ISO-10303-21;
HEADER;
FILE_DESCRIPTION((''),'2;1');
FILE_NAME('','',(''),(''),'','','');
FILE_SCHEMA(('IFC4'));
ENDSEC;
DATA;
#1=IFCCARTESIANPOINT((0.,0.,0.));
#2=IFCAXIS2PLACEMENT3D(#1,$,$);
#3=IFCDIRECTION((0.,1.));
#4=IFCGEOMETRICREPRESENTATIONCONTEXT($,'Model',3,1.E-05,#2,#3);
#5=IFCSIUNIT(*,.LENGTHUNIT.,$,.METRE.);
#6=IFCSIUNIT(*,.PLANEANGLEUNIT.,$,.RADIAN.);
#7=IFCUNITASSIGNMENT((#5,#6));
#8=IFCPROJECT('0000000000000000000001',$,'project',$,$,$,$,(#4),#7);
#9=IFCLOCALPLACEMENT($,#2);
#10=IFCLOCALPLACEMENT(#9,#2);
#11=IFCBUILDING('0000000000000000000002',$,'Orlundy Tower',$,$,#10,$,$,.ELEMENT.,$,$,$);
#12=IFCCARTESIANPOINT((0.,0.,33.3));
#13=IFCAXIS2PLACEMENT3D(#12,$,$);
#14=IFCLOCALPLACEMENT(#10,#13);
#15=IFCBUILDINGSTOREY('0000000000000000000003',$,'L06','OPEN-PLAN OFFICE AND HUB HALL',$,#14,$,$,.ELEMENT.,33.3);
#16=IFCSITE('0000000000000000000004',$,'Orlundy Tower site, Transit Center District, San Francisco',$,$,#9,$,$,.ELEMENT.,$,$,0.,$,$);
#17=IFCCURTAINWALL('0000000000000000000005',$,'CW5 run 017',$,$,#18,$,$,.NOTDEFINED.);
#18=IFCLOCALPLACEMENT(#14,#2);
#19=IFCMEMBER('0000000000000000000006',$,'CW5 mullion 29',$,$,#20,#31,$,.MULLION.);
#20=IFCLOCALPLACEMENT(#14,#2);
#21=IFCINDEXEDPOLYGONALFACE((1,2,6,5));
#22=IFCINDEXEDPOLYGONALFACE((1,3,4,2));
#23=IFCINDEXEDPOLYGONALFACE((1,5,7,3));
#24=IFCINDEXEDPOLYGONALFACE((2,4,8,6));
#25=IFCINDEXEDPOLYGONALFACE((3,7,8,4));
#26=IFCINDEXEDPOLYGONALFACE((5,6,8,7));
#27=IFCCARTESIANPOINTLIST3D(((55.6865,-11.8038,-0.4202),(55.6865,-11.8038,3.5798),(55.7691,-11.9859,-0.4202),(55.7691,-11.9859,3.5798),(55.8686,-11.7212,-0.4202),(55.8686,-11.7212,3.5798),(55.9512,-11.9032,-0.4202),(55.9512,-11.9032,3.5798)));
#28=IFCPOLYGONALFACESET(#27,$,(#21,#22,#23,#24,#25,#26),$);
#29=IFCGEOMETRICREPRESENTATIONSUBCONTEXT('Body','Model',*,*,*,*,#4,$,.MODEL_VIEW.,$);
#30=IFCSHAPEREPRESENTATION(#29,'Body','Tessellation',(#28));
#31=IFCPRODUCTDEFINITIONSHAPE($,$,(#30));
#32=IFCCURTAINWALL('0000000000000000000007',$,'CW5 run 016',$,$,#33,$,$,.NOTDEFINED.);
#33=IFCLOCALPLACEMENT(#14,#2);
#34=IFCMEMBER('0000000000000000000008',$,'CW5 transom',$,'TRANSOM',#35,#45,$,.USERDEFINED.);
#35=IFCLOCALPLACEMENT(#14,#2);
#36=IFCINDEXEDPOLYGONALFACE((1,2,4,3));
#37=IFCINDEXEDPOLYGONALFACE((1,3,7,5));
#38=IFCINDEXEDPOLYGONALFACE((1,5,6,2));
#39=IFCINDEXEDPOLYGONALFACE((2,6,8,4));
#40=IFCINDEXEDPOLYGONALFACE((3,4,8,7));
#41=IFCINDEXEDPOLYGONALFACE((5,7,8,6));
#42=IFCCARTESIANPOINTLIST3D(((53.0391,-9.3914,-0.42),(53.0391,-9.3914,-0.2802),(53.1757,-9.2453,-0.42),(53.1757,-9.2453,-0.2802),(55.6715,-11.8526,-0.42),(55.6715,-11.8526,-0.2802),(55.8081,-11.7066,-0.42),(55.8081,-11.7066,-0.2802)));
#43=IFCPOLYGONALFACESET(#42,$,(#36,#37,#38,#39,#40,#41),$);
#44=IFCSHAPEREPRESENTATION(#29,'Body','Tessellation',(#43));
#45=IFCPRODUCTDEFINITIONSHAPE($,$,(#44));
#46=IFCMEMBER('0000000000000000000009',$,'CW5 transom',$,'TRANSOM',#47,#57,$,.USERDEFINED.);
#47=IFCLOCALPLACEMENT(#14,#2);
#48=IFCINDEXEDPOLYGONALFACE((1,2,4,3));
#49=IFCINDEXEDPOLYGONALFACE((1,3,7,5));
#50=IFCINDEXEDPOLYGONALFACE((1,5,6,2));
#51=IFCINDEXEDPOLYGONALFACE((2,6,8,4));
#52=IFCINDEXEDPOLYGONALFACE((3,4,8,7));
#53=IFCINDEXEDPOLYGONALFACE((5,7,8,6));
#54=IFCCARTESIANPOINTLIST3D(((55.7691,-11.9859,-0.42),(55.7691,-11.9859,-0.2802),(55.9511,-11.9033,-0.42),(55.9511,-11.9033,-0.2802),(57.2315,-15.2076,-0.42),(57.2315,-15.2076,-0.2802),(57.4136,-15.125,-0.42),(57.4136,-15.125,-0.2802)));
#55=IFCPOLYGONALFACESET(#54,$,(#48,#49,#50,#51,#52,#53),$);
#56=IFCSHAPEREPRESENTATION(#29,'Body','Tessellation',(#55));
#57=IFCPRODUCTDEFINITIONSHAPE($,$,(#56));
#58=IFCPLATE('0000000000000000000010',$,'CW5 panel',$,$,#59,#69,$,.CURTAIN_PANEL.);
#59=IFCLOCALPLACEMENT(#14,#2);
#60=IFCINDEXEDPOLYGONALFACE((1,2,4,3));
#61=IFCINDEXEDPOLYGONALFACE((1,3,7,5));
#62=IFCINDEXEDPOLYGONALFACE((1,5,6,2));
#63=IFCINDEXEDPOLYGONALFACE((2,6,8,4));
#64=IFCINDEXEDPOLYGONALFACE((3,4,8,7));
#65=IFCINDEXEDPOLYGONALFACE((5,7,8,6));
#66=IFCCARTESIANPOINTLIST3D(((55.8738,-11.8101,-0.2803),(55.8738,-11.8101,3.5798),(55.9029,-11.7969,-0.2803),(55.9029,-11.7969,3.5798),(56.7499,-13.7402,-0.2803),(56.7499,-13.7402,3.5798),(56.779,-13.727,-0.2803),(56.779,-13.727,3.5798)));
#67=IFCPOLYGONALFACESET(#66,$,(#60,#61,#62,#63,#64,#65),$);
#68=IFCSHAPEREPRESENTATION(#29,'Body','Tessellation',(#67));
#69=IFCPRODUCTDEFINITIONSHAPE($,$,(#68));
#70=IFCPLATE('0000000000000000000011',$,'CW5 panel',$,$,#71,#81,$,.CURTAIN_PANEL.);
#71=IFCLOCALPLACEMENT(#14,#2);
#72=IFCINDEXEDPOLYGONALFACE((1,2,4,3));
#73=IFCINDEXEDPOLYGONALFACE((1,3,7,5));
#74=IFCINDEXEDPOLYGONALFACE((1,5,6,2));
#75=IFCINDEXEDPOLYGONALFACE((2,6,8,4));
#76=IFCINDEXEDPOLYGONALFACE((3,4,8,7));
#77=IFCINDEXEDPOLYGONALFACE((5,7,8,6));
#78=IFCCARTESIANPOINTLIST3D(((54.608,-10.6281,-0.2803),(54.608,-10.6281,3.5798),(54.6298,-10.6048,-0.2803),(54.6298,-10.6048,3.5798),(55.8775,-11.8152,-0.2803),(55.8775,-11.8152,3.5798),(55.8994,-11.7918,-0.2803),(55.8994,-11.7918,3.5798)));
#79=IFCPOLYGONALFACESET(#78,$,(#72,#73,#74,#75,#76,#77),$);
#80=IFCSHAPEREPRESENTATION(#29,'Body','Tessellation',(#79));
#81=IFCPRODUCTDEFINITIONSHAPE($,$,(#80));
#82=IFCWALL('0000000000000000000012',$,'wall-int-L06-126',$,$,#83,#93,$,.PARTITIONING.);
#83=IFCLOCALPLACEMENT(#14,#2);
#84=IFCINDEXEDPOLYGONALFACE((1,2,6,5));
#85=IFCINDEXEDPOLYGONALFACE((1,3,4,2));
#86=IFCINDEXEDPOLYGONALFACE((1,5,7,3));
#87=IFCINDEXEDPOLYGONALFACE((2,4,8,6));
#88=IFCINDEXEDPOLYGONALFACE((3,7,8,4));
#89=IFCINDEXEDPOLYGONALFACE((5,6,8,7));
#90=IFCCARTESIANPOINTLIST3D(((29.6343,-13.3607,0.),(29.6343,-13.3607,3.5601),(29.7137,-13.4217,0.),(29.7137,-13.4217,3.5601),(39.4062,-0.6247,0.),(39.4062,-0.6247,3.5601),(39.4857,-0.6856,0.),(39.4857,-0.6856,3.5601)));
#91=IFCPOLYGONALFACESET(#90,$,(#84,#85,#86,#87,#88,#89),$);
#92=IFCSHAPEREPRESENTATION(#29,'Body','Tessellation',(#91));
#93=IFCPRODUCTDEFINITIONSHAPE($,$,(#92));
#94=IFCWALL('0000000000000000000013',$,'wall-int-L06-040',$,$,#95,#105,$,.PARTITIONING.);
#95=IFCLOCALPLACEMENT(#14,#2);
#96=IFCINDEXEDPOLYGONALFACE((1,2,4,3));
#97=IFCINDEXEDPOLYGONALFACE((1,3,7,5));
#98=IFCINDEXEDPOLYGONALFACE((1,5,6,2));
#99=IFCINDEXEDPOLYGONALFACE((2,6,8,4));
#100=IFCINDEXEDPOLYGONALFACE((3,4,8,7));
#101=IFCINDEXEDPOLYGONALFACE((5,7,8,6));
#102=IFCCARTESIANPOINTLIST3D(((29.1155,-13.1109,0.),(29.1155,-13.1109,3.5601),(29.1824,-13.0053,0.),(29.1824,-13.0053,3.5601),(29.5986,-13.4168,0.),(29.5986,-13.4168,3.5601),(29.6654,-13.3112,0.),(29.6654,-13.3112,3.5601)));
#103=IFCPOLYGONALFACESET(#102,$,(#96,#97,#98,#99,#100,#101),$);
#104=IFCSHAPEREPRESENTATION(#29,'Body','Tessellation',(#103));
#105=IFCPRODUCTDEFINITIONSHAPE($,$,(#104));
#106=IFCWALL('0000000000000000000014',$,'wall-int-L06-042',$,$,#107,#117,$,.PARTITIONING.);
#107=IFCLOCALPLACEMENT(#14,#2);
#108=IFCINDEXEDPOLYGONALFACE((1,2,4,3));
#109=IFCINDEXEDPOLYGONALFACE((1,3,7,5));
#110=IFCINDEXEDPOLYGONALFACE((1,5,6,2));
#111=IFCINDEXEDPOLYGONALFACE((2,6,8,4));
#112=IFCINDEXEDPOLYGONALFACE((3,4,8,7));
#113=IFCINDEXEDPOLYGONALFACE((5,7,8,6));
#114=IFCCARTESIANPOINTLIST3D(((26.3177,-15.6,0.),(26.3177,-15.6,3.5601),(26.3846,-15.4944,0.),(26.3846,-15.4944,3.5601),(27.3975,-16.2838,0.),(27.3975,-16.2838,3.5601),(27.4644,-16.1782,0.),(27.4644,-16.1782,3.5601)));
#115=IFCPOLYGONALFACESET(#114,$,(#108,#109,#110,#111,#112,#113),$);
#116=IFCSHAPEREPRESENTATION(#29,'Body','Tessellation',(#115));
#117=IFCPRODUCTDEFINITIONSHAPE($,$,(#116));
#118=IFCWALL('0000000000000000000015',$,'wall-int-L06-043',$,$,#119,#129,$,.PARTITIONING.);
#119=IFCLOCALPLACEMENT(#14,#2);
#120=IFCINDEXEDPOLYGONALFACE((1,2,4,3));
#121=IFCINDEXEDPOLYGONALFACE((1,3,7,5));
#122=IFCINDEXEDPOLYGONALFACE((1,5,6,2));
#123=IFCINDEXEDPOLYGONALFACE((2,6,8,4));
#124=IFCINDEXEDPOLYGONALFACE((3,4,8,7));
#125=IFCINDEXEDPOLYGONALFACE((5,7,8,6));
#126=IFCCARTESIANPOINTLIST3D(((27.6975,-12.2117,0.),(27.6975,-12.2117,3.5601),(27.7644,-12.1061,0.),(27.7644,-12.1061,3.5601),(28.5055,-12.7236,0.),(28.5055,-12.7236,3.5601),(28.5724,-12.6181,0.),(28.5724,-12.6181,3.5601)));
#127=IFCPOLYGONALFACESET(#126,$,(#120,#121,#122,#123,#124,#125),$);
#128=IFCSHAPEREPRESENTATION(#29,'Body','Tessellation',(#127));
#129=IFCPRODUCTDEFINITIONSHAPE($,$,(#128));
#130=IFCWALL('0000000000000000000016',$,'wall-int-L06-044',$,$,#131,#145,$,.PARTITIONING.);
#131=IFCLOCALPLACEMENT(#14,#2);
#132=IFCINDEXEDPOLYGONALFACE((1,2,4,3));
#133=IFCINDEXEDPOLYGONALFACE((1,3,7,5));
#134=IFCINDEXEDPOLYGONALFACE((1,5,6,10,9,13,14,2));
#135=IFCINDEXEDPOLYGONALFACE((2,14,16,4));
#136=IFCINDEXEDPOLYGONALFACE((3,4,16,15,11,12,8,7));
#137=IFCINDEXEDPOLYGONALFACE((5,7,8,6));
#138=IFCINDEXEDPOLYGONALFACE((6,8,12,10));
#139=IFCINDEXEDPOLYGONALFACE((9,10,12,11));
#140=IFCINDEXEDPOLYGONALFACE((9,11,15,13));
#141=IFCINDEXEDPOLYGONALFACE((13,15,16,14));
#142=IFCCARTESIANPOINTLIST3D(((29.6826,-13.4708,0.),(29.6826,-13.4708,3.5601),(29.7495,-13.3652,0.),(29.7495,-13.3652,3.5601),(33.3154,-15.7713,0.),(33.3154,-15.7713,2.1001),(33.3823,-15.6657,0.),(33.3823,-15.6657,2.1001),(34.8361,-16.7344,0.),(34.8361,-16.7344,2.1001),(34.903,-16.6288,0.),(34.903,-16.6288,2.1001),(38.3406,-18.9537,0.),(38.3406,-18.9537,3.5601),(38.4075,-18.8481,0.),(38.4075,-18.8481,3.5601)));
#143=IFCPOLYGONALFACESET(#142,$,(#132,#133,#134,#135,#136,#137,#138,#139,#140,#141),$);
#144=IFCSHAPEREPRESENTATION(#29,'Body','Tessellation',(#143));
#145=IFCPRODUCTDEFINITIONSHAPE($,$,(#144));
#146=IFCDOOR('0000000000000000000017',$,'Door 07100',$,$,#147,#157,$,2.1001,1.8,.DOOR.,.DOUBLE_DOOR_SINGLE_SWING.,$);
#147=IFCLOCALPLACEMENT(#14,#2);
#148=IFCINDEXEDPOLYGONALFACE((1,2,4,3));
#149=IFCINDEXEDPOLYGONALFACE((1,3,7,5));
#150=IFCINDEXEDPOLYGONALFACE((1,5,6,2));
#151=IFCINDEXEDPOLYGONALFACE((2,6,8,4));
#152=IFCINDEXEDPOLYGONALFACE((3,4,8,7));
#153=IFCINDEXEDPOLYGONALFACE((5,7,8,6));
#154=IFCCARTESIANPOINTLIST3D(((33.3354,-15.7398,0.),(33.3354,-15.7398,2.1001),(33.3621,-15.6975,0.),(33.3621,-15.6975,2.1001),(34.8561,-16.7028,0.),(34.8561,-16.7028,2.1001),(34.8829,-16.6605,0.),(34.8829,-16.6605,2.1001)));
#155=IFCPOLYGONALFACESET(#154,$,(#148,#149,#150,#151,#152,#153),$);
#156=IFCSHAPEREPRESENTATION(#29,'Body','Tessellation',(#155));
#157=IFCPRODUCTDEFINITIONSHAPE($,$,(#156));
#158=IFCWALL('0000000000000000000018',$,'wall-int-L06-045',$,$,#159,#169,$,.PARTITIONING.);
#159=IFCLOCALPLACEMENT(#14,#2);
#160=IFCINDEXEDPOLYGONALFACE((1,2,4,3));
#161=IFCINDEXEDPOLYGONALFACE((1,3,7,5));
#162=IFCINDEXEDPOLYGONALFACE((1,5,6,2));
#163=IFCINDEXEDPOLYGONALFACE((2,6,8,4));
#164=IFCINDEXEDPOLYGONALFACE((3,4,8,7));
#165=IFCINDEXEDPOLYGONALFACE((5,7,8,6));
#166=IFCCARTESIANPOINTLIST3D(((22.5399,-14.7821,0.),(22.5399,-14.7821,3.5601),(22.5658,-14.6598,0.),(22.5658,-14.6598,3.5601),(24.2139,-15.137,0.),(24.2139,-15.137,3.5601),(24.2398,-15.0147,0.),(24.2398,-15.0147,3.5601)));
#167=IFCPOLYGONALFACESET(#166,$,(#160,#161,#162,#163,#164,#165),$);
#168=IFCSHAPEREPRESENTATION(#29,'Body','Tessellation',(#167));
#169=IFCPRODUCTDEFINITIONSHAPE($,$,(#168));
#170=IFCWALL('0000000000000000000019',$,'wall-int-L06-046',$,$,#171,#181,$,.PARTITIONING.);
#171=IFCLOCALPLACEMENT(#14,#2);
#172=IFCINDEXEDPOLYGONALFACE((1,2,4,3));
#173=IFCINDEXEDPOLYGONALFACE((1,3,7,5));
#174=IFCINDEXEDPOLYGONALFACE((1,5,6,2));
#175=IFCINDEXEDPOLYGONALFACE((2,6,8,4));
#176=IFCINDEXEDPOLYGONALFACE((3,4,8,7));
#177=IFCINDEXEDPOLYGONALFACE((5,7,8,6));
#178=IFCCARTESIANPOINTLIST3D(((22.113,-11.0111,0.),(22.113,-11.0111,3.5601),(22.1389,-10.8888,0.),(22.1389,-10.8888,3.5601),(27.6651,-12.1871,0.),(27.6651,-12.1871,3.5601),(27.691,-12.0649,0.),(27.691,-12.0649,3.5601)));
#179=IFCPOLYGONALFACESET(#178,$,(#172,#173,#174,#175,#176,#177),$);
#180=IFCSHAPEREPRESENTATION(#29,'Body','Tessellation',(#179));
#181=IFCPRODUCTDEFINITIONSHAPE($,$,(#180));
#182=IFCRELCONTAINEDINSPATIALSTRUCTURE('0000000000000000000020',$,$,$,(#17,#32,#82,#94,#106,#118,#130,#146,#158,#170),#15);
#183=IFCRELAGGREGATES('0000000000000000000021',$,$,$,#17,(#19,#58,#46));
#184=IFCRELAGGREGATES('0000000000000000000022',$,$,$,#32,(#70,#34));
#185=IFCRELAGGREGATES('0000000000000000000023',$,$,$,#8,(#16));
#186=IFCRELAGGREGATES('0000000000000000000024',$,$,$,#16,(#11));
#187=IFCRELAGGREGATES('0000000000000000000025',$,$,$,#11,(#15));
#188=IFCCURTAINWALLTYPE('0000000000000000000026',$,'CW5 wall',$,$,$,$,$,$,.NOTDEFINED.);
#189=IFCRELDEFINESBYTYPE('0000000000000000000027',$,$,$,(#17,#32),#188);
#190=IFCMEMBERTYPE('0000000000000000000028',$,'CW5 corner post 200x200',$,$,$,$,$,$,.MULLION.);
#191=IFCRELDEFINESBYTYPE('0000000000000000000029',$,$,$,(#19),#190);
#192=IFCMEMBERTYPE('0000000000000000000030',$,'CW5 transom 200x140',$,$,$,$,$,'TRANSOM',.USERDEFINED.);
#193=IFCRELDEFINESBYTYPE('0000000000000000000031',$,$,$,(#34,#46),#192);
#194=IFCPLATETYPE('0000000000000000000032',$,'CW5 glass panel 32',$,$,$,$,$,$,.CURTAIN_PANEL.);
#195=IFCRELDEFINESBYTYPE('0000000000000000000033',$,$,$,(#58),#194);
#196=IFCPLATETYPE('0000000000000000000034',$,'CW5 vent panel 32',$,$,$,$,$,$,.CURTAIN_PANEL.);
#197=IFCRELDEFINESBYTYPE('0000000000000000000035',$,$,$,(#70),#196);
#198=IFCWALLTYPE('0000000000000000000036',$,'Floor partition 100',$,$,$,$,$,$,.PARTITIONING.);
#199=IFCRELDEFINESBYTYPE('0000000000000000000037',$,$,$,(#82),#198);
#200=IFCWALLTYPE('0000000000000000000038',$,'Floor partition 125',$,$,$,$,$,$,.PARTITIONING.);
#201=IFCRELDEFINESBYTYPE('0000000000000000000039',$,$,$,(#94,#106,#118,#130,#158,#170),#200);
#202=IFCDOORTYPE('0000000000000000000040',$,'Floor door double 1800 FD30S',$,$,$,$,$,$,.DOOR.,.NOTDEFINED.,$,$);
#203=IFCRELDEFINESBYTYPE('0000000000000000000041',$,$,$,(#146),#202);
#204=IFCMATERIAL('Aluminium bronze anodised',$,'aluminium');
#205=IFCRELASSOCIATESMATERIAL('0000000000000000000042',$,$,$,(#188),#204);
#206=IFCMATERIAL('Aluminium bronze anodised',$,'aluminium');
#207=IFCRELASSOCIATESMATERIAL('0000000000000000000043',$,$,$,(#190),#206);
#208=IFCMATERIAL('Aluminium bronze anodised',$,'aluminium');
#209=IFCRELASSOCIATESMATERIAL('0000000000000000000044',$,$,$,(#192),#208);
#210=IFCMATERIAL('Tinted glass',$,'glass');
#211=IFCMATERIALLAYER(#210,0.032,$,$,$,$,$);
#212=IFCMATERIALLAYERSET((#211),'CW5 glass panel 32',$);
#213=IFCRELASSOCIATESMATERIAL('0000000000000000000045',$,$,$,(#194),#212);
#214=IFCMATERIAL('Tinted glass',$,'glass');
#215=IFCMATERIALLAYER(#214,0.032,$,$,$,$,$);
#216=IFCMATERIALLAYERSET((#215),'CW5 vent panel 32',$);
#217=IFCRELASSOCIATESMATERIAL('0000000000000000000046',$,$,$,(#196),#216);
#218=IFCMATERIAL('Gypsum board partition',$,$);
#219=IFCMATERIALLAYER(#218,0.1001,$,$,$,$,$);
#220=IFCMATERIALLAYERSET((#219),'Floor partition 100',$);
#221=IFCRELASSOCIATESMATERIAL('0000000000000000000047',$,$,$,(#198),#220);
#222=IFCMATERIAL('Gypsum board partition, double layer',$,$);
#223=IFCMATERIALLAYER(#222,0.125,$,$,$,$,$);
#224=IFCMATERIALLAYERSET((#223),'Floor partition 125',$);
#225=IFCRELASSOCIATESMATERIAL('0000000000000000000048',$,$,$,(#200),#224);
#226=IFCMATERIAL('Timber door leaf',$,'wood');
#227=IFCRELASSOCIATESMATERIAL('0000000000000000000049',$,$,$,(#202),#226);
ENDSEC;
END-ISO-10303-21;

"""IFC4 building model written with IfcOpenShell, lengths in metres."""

from ifc_helpers import new_model, si_unit, direction, frame, frame_2d, origin, origin_2d, place, context, subcontext, project, spatial, rectangle, extrude, material, layer, layer_set, material_profile, profile_set, type_object, element, fill, aggregate, save


model = new_model("IFC4")

# Units and contexts
model_context = context("Model", 3, precision=1e-05, world=origin(), true_north=direction((0.0, 1.0)))
body_context = subcontext(model_context, "Body", "Model", "MODEL_VIEW")
ifc_project = project(units=[si_unit("LENGTHUNIT", "METRE"), si_unit("PLANEANGLEUNIT", "RADIAN")], contexts=[model_context])

# Site, building, storey
site_placement = place(None, origin())
site = spatial("IfcSite", under=ifc_project, at=site_placement, Name="Orlundy Tower site, Transit Center District, San Francisco", CompositionType="ELEMENT", RefElevation=0.0)
building_placement = place(site_placement, origin())
building = spatial("IfcBuilding", under=site, at=building_placement, Name="Orlundy Tower", CompositionType="ELEMENT")
storey_placement = place(building_placement, frame((0.0, 0.0, 33.3)))
storey = spatial("IfcBuildingStorey", under=building, at=storey_placement, Name="L06", Description="OPEN-PLAN OFFICE AND HUB HALL", CompositionType="ELEMENT", Elevation=33.3)

# Curtain walls, members
ifc_material_1 = material(Name="Aluminium bronze anodised", Category="aluminium")
curtain_wall_type = type_object("IfcCurtainWallType", Name="CW5 wall", PredefinedType="NOTDEFINED", material=ifc_material_1)
curtain_wall_1_placement = place(storey_placement, origin())
curtain_wall_1 = element("IfcCurtainWall", 1, at=curtain_wall_1_placement, inside=storey, type_object=curtain_wall_type, Name="CW5 run 017", PredefinedType="NOTDEFINED")
ifc_material_2 = material(Name="Aluminium bronze anodised", Category="aluminium")
ifc_material_profile_1 = material_profile(ifc_material_2, rectangle(XDim=0.2, YDim=0.2, at=origin_2d()), Name="CW5 corner post 200x200")
ifc_profile_set_1 = profile_set([ifc_material_profile_1], Name="Aluminium bronze anodised")
member_type_1 = type_object("IfcMemberType", Name="CW5 corner post 200x200", PredefinedType="MULLION", material=ifc_profile_set_1)
member_1_placement = place(storey_placement, frame((55.8188, -11.8535, -0.4202), z_axis=(0.0, 0.0, 1.0), x_axis=(0.910579, 0.413335, 0.0)))
member_1 = element("IfcMember", 2, at=member_1_placement, type_object=member_type_1, Name="CW5 mullion 29", PredefinedType="MULLION", context=body_context, shape_type="SweptSolid", body=[
    extrude(rectangle(XDim=0.2, YDim=0.2, at=origin_2d()), origin(), (0.0, 0.0, 1.0), 4.0),
])
curtain_wall_2_placement = place(storey_placement, origin())
curtain_wall_2 = element("IfcCurtainWall", 3, at=curtain_wall_2_placement, inside=storey, type_object=curtain_wall_type, Name="CW5 run 016", PredefinedType="NOTDEFINED")
ifc_material_3 = material(Name="Aluminium bronze anodised", Category="aluminium")
ifc_material_profile_2 = material_profile(ifc_material_3, rectangle(XDim=0.2, YDim=0.1399, at=origin_2d()), Name="CW5 transom 200x140")
ifc_profile_set_2 = profile_set([ifc_material_profile_2], Name="Aluminium bronze anodised")
member_type_2 = type_object("IfcMemberType", Name="CW5 transom 200x140", ElementType="TRANSOM", PredefinedType="USERDEFINED", material=ifc_profile_set_2)
member_2_placement = place(storey_placement, frame((53.1074, -9.3184, -0.3501), z_axis=(0.730453, -0.682962, 0.0), x_axis=(0.682962, 0.730453, 0.0)))
member_2 = element("IfcMember", 4, at=member_2_placement, type_object=member_type_2, Name="CW5 transom", ObjectType="TRANSOM", PredefinedType="USERDEFINED", context=body_context, shape_type="SweptSolid", body=[
    extrude(rectangle(XDim=0.2, YDim=0.1399, at=origin_2d()), origin(), (0.0, 0.0, 1.0), 3.6038),
])

# Member
member_3_placement = place(storey_placement, frame((55.8601, -11.9446, -0.3501), z_axis=(0.413335, -0.910579, 0.0), x_axis=(0.910579, 0.413335, 0.0)))
member_3 = element("IfcMember", 5, at=member_3_placement, type_object=member_type_2, Name="CW5 transom", ObjectType="TRANSOM", PredefinedType="USERDEFINED", context=body_context, shape_type="SweptSolid", body=[
    extrude(rectangle(XDim=0.2, YDim=0.1399, at=origin_2d()), origin(), (0.0, 0.0, 1.0), 3.5381),
])

# Plates
ifc_material_4 = material(Name="Tinted glass", Category="glass")
ifc_layer_1 = layer(ifc_material_4, 0.032)
ifc_layer_set_1 = layer_set([ifc_layer_1], Name="CW5 glass panel 32")
plate_type_1 = type_object("IfcPlateType", Name="CW5 glass panel 32", PredefinedType="CURTAIN_PANEL", material=ifc_layer_set_1)
plate_1_placement = place(storey_placement, frame((56.3264, -12.7686, -0.2803), z_axis=(0.0, 0.0, 1.0), x_axis=(0.413335, -0.910579, 0.0)))
plate_1 = element("IfcPlate", 6, at=plate_1_placement, type_object=plate_type_1, Name="CW5 panel", PredefinedType="CURTAIN_PANEL", context=body_context, shape_type="SweptSolid", body=[
    extrude(rectangle(XDim=2.1196, YDim=0.032, at=origin_2d()), origin(), (0.0, 0.0, 1.0), 3.8601),
])
aggregate(curtain_wall_1, [member_1, plate_1, member_3])
ifc_material_5 = material(Name="Tinted glass", Category="glass")
ifc_layer_2 = layer(ifc_material_5, 0.032)
ifc_layer_set_2 = layer_set([ifc_layer_2], Name="CW5 vent panel 32")
plate_type_2 = type_object("IfcPlateType", Name="CW5 vent panel 32", PredefinedType="CURTAIN_PANEL", material=ifc_layer_set_2)
plate_2_placement = place(storey_placement, frame((55.2537, -11.21, -0.2803), z_axis=(0.0, 0.0, 1.0), x_axis=(0.730445, -0.682971, 0.0)))
plate_2 = element("IfcPlate", 7, at=plate_2_placement, type_object=plate_type_2, Name="CW5 panel", PredefinedType="CURTAIN_PANEL", context=body_context, shape_type="SweptSolid", body=[
    extrude(rectangle(XDim=1.738, YDim=0.032, at=origin_2d()), origin(), (0.0, 0.0, 1.0), 3.8601),
])
aggregate(curtain_wall_2, [plate_2, member_2])

# Walls
ifc_material_6 = material(Name="Gypsum board partition")
ifc_layer_3 = layer(ifc_material_6, 0.1001)
ifc_layer_set_3 = layer_set([ifc_layer_3], Name="Floor partition 100")
wall_type_1 = type_object("IfcWallType", Name="Floor partition 100", PredefinedType="PARTITIONING", material=ifc_layer_set_3)
wall_1_placement = place(storey_placement, frame((29.6741, -13.3911, 0.0), z_axis=(0.0, 0.0, 1.0), x_axis=(0.608731, 0.793376, 0.0)))
element("IfcWall", 8, at=wall_1_placement, inside=storey, type_object=wall_type_1, Name="wall-int-L06-126", PredefinedType="PARTITIONING", context=body_context, shape_type="SweptSolid", body=[
    extrude(rectangle(XDim=16.053, YDim=0.1001, at=frame_2d((8.0264, 0.0))), origin(), (0.0, 0.0, 1.0), 3.5601),
])
ifc_material_7 = material(Name="Gypsum board partition, double layer")
ifc_layer_4 = layer(ifc_material_7, 0.125)
ifc_layer_set_4 = layer_set([ifc_layer_4], Name="Floor partition 125")
wall_type_2 = type_object("IfcWallType", Name="Floor partition 125", PredefinedType="PARTITIONING", material=ifc_layer_set_4)
wall_2_placement = place(storey_placement, frame((29.1489, -13.0581, 0.0), z_axis=(0.0, 0.0, 1.0), x_axis=(0.84489, -0.53494, 0.0)))
element("IfcWall", 9, at=wall_2_placement, inside=storey, type_object=wall_type_2, Name="wall-int-L06-040", PredefinedType="PARTITIONING", context=body_context, shape_type="SweptSolid", body=[
    extrude(rectangle(XDim=0.5718, YDim=0.125, at=frame_2d((0.2859, 0.0))), origin(), (0.0, 0.0, 1.0), 3.5601),
])
wall_3_placement = place(storey_placement, frame((26.3511, -15.5471, 0.0), z_axis=(0.0, 0.0, 1.0), x_axis=(0.844839, -0.53502, 0.0)))
element("IfcWall", 10, at=wall_3_placement, inside=storey, type_object=wall_type_2, Name="wall-int-L06-042", PredefinedType="PARTITIONING", context=body_context, shape_type="SweptSolid", body=[
    extrude(rectangle(XDim=1.2781, YDim=0.125, at=frame_2d((0.6392, 0.0))), origin(), (0.0, 0.0, 1.0), 3.5601),
])
wall_4_placement = place(storey_placement, frame((27.731, -12.1589, 0.0), z_axis=(0.0, 0.0, 1.0), x_axis=(0.844742, -0.535174, 0.0)))
element("IfcWall", 11, at=wall_4_placement, inside=storey, type_object=wall_type_2, Name="wall-int-L06-043", PredefinedType="PARTITIONING", context=body_context, shape_type="SweptSolid", body=[
    extrude(rectangle(XDim=0.9565, YDim=0.125, at=frame_2d((0.4783, 0.0))), origin(), (0.0, 0.0, 1.0), 3.5601),
])

# Wall, opening, door
wall_5_placement = place(storey_placement, frame((29.7161, -13.418, 0.0), z_axis=(0.0, 0.0, 1.0), x_axis=(0.84484, -0.53502, 0.0)))
wall_5 = element("IfcWall", 12, at=wall_5_placement, inside=storey, type_object=wall_type_2, Name="wall-int-L06-044", PredefinedType="PARTITIONING", context=body_context, shape_type="SweptSolid", body=[
    extrude(rectangle(XDim=10.248, YDim=0.125, at=frame_2d((5.124, 0.0))), origin(), (0.0, 0.0, 1.0), 3.5601),
])
opening_placement = place(wall_5_placement, frame((4.3, 0.0, 0.0)))
opening = element("IfcOpeningElement", 13, at=opening_placement, cuts=wall_5, PredefinedType="OPENING", context=body_context, shape_type="SweptSolid", body=[
    extrude(rectangle(XDim=1.8, YDim=2.1001, at=frame_2d((0.8999, 1.05))), frame((0.0, 0.0725, 0.0), z_axis=(0.0, -1.0, 0.0), x_axis=(1.0, 0.0, 0.0)), (0.0, 0.0, 1.0), 0.145),
])
ifc_material_8 = material(Name="Timber door leaf", Category="wood")
door_type = type_object("IfcDoorType", Name="Floor door double 1800 FD30S", OperationType="NOTDEFINED", PredefinedType="DOOR", material=ifc_material_8)
door_placement = place(opening_placement, origin())
door = element("IfcDoor", 14, at=door_placement, inside=storey, type_object=door_type, Name="Door 07100", OperationType="DOUBLE_DOOR_SINGLE_SWING", OverallHeight=2.1001, OverallWidth=1.8, PredefinedType="DOOR", context=body_context, shape_type="SweptSolid", body=[
    extrude(rectangle(XDim=1.8, YDim=2.1001, at=frame_2d((0.8999, 1.05))), frame((0.0, 0.0249, 0.0), z_axis=(0.0, -1.0, 0.0), x_axis=(1.0, 0.0, 0.0)), (0.0, 0.0, 1.0), 0.05),
])
fill(opening, door)

# Walls
wall_6_placement = place(storey_placement, frame((22.553, -14.7209, 0.0), z_axis=(0.0, 0.0, 1.0), x_axis=(0.978249, -0.207434, 0.0)))
element("IfcWall", 15, at=wall_6_placement, inside=storey, type_object=wall_type_2, Name="wall-int-L06-045", PredefinedType="PARTITIONING", context=body_context, shape_type="SweptSolid", body=[
    extrude(rectangle(XDim=1.7112, YDim=0.125, at=frame_2d((0.8555, 0.0))), origin(), (0.0, 0.0, 1.0), 3.5601),
])
wall_7_placement = place(storey_placement, frame((22.126, -10.95, 0.0), z_axis=(0.0, 0.0, 1.0), x_axis=(0.978294, -0.207222, 0.0)))
element("IfcWall", 16, at=wall_7_placement, inside=storey, type_object=wall_type_2, Name="wall-int-L06-046", PredefinedType="PARTITIONING", context=body_context, shape_type="SweptSolid", body=[
    extrude(rectangle(XDim=5.6753, YDim=0.125, at=frame_2d((2.8376, 0.0))), origin(), (0.0, 0.0, 1.0), 3.5601),
])

save(model, "model.ifc")
